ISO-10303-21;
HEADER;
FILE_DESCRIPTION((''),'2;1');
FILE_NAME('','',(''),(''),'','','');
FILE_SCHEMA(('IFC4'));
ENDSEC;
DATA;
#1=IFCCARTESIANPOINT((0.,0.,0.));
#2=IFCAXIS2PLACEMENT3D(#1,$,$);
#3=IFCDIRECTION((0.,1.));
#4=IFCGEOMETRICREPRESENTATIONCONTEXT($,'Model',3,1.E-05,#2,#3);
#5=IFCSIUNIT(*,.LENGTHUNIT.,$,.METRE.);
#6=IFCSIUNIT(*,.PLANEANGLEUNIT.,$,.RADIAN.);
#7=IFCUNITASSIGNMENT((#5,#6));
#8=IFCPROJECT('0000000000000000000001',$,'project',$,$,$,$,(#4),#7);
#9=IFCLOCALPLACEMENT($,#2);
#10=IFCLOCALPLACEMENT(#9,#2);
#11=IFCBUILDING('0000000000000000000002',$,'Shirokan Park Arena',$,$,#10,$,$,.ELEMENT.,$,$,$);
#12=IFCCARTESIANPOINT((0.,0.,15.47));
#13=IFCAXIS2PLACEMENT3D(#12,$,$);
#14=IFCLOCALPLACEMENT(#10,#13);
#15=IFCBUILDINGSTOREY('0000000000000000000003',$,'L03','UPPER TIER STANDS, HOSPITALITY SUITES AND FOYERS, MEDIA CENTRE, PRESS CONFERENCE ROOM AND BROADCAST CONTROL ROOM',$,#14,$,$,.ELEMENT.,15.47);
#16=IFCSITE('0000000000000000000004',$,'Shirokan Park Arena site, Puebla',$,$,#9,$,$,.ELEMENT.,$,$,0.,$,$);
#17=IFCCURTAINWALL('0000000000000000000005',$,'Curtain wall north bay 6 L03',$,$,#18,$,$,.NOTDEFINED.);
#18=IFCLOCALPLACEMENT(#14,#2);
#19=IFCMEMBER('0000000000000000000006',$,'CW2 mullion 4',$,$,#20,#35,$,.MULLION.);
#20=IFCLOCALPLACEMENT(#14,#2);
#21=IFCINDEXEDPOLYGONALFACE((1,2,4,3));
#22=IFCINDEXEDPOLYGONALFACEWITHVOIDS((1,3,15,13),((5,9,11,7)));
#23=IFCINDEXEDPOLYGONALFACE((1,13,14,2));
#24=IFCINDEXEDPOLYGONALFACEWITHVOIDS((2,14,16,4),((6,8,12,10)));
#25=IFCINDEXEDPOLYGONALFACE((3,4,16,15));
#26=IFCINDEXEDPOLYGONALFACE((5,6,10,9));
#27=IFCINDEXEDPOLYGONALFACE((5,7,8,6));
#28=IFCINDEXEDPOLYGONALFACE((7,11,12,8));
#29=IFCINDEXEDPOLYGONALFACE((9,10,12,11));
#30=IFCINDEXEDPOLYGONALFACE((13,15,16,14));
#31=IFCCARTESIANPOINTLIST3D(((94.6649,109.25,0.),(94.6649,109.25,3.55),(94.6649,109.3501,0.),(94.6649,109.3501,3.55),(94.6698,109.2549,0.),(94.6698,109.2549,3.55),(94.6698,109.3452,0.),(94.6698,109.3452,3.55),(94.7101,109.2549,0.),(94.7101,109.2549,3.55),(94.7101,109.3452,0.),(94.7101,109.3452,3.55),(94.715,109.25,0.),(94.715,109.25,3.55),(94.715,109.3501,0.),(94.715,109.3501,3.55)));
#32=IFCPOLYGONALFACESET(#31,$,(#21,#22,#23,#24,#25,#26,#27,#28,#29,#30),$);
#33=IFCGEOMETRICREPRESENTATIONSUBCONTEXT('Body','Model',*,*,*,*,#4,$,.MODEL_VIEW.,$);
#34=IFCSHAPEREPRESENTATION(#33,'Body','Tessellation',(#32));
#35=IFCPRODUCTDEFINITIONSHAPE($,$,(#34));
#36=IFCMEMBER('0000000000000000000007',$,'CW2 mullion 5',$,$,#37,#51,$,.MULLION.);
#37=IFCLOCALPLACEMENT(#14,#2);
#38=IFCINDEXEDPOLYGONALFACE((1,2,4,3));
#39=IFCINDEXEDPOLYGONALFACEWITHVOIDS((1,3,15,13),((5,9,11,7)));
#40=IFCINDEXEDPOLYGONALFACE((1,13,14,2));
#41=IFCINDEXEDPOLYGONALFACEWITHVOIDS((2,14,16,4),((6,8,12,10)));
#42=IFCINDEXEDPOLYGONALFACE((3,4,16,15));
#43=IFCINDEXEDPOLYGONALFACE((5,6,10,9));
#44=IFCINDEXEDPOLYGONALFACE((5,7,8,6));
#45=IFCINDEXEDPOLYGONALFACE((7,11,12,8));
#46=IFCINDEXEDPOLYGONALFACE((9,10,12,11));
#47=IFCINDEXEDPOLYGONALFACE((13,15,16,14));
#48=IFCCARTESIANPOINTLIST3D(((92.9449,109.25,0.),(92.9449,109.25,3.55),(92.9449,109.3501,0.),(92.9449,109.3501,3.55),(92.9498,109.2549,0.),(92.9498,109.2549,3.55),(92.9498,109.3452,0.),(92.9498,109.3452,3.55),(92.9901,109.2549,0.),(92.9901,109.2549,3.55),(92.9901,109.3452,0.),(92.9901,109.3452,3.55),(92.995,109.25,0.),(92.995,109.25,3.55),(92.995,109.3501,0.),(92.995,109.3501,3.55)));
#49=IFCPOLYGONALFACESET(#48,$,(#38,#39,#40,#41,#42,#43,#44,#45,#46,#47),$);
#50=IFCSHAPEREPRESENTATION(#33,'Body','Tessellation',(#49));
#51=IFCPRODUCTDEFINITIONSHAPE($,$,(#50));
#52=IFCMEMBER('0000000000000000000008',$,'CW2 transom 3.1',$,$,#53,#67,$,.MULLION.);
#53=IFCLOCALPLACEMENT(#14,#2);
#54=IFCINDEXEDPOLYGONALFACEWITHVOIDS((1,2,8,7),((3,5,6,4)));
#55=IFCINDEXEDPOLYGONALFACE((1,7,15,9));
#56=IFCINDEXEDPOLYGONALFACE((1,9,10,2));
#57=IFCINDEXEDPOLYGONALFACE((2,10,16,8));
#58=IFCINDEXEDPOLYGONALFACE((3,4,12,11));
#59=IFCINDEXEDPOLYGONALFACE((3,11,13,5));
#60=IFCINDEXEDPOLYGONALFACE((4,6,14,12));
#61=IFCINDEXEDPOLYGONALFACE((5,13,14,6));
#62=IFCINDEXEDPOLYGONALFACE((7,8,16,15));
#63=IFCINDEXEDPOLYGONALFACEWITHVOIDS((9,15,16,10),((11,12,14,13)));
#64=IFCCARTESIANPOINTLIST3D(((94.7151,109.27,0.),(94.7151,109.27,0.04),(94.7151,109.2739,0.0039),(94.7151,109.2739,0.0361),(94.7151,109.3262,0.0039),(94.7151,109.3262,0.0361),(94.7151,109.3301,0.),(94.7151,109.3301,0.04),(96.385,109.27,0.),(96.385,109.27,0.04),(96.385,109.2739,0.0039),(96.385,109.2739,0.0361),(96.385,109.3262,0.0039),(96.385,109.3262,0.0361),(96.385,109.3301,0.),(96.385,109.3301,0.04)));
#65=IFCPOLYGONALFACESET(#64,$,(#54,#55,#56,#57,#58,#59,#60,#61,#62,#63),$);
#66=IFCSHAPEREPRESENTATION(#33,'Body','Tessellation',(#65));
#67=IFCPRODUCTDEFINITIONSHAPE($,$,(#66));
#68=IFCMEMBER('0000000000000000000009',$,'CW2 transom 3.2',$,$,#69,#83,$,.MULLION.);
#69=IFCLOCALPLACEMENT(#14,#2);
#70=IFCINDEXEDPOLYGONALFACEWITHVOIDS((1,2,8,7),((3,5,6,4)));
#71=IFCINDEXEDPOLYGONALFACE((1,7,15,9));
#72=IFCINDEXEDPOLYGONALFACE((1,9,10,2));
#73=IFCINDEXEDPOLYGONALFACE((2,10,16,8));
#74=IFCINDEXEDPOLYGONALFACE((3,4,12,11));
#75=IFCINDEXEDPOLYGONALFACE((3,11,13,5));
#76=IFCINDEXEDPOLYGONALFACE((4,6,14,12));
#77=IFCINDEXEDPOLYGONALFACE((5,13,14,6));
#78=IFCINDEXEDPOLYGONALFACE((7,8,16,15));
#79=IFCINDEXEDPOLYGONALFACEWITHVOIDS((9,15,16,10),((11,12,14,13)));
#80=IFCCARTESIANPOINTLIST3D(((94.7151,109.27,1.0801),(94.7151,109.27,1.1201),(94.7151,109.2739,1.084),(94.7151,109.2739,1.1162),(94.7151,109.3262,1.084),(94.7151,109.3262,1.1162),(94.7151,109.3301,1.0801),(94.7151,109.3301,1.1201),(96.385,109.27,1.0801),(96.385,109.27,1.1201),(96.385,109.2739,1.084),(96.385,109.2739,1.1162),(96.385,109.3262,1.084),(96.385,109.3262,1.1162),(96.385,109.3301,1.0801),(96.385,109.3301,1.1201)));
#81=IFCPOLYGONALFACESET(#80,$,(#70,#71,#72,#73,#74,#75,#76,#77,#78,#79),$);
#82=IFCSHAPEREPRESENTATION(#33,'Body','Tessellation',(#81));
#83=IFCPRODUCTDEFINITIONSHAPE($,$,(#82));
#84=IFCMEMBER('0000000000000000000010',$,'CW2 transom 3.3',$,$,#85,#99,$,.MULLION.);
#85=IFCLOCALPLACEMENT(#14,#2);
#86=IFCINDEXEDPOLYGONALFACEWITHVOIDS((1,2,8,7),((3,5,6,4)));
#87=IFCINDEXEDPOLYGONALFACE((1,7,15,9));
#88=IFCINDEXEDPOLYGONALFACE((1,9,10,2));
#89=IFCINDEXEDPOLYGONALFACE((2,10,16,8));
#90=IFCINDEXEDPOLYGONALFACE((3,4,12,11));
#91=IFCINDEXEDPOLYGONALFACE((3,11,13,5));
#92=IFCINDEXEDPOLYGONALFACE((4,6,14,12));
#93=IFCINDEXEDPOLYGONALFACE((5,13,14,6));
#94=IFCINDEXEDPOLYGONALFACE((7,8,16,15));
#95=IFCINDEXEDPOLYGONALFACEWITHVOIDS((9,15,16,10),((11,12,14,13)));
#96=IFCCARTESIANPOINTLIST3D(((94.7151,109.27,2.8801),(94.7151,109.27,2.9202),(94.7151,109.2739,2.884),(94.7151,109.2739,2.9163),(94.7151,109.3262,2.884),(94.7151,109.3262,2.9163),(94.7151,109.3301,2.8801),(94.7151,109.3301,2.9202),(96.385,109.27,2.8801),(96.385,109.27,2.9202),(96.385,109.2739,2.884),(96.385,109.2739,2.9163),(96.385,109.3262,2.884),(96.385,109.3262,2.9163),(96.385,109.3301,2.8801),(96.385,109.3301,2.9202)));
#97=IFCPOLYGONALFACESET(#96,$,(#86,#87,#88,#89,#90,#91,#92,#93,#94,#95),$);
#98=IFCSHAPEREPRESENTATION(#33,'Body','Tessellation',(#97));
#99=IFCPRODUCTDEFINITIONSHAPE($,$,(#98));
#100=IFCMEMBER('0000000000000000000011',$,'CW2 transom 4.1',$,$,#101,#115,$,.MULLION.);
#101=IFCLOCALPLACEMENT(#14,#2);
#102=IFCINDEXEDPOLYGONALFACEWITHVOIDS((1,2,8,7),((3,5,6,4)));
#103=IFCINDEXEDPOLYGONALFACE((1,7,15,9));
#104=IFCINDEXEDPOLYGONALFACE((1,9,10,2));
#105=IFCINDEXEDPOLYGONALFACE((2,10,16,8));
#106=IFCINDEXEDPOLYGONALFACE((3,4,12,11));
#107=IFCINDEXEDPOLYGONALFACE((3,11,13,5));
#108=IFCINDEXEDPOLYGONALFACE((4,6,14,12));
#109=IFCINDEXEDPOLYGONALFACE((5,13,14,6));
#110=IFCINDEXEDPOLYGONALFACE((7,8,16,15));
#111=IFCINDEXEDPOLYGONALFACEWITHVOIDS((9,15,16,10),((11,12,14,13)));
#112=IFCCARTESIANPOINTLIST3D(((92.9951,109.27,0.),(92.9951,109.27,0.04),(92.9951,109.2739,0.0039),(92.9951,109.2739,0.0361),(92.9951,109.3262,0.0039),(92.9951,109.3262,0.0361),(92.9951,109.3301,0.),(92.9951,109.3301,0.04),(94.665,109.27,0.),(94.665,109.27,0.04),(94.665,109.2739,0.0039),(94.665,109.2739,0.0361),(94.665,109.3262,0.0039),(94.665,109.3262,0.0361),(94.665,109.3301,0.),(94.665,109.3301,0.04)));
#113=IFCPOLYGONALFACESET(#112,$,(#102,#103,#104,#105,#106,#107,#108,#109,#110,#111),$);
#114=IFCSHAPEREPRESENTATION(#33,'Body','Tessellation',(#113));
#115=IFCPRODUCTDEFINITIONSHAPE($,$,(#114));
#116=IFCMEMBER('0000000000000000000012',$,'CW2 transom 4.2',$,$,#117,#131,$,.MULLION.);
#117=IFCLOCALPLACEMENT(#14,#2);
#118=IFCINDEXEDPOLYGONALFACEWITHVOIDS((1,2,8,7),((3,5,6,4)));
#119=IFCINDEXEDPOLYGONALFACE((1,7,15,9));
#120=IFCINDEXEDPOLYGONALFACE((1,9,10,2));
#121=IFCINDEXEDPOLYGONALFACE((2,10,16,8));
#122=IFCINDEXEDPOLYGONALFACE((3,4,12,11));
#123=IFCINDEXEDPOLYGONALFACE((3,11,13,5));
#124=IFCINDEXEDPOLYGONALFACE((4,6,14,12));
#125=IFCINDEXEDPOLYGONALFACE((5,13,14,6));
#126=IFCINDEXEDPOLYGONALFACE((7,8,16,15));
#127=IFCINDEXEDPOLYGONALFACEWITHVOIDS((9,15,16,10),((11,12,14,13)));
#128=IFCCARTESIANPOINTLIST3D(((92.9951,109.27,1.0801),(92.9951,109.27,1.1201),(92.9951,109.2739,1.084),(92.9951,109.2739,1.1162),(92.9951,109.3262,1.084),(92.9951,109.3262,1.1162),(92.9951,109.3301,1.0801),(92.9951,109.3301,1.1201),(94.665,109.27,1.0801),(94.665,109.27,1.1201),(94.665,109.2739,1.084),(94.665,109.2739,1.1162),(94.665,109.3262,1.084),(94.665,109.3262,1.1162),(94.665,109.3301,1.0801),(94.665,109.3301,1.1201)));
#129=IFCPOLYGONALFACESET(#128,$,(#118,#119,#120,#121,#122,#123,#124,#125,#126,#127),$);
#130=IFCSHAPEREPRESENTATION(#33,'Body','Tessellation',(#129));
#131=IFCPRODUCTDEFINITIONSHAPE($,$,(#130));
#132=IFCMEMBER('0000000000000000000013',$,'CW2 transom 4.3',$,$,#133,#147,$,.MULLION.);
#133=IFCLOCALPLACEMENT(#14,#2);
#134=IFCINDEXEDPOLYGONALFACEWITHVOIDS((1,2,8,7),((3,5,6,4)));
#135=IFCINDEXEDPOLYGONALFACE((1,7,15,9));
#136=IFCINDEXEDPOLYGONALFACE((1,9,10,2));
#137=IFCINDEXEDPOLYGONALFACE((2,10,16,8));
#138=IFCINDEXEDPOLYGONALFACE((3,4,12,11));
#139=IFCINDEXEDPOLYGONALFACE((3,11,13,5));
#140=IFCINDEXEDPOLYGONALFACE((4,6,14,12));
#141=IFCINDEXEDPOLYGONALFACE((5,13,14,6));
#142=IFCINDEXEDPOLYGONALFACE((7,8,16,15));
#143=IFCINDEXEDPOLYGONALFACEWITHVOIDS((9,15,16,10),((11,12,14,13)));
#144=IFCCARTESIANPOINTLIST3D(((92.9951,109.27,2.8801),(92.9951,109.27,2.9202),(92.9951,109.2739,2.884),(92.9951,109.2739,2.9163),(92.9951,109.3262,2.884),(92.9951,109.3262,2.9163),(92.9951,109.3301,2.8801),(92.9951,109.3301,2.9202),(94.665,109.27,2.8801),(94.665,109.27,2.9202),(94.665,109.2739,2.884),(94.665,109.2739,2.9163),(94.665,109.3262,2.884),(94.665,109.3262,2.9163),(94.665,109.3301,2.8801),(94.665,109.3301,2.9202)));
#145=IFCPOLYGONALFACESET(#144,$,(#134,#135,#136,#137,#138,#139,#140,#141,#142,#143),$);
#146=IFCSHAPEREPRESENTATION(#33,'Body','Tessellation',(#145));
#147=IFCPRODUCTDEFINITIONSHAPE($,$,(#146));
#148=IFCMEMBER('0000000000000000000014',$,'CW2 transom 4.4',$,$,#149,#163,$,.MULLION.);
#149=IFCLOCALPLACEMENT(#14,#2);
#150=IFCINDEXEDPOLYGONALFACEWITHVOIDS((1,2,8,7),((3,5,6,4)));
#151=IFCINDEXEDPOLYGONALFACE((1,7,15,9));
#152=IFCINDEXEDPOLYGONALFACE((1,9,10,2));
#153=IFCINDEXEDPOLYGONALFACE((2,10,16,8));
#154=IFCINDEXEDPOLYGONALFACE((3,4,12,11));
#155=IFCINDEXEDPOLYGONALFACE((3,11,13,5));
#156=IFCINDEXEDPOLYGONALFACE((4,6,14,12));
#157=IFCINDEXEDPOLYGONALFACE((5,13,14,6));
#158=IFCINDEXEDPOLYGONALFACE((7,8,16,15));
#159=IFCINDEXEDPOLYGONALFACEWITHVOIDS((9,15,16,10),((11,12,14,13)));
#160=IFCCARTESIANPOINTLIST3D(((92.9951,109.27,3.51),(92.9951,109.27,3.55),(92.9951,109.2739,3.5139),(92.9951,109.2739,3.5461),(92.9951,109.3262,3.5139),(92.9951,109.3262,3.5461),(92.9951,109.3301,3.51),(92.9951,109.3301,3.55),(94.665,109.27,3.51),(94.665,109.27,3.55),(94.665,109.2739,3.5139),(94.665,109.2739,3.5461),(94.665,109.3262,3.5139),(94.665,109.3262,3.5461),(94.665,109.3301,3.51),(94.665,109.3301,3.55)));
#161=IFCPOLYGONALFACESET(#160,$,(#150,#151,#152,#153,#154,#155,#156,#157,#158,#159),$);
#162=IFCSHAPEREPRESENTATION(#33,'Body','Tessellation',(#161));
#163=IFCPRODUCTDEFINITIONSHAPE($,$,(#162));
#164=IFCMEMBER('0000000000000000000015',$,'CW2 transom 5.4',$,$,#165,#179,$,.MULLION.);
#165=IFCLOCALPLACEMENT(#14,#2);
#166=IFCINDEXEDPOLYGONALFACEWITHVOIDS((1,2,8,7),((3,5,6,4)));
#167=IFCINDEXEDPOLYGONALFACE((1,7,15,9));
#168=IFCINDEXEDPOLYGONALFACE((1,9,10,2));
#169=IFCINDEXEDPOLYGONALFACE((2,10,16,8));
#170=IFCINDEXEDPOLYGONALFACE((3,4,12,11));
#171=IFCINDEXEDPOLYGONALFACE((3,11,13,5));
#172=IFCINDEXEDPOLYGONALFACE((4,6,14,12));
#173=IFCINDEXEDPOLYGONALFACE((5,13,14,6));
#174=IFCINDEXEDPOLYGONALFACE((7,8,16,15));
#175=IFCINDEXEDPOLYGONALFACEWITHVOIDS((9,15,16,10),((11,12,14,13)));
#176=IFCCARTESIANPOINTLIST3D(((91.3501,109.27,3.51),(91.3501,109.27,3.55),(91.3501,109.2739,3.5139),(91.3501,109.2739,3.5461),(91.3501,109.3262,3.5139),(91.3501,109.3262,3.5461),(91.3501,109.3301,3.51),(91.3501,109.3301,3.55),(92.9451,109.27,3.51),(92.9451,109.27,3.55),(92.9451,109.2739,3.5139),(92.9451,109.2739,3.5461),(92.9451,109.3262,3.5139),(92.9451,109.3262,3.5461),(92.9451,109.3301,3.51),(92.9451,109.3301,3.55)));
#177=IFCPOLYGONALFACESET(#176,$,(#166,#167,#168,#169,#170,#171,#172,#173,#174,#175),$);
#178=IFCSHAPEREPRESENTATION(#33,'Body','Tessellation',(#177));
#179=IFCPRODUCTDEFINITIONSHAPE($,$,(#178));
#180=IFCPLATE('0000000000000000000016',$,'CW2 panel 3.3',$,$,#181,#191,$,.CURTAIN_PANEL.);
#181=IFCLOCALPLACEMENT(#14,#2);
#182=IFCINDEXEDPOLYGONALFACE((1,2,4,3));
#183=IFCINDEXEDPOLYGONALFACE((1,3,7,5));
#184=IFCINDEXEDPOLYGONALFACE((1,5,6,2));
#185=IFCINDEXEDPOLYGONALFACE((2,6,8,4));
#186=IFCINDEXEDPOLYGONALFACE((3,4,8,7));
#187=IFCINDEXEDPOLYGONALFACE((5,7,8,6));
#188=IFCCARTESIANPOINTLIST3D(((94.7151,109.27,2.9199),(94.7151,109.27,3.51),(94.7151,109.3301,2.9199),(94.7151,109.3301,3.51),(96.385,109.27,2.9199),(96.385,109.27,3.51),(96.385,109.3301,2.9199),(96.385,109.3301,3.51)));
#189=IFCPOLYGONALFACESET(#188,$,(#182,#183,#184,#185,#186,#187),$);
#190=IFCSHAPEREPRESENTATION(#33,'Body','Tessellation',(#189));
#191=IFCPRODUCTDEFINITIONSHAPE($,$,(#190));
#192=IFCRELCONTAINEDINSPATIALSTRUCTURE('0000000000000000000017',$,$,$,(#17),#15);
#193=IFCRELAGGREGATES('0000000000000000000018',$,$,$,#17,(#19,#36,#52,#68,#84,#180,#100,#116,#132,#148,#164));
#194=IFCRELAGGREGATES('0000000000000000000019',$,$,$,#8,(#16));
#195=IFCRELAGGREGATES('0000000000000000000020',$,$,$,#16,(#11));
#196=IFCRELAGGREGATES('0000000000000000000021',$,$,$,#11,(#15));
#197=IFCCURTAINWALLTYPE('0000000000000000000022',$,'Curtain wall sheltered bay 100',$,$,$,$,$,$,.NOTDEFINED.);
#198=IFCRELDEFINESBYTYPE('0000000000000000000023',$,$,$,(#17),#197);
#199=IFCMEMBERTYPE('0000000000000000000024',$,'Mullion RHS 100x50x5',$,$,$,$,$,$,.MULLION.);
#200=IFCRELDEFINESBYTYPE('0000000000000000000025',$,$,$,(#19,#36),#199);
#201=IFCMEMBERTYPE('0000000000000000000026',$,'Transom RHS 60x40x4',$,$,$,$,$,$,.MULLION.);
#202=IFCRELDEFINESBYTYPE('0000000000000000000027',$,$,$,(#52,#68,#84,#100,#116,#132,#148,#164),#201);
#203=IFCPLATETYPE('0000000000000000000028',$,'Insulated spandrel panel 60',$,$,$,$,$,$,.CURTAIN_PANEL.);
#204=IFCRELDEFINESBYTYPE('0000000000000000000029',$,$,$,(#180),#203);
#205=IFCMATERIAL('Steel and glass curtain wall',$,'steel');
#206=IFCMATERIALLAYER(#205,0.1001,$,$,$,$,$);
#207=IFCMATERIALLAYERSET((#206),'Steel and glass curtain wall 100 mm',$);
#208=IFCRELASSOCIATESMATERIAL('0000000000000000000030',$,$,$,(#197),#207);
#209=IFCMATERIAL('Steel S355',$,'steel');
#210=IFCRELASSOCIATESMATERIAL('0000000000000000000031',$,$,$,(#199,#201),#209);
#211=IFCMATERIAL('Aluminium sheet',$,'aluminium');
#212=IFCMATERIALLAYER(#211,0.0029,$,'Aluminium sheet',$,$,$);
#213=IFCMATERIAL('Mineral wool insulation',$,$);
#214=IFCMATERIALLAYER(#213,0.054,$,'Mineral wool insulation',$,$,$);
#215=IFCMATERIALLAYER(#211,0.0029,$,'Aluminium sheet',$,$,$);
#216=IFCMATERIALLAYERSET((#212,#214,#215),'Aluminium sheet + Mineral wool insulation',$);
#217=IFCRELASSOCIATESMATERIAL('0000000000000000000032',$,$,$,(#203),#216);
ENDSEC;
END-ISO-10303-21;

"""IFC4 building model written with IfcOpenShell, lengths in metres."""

from ifc_helpers import new_model, si_unit, direction, frame, origin, origin_2d, place, context, subcontext, project, spatial, rectangle, hollow_rectangle, extrude, material, layer, layer_set, material_profile, profile_set, type_object, element, aggregate, save


model = new_model("IFC4")

# Units and contexts
model_context = context("Model", 3, precision=1e-05, world=origin(), true_north=direction((0.0, 1.0)))
body_context = subcontext(model_context, "Body", "Model", "MODEL_VIEW")
ifc_project = project(units=[si_unit("LENGTHUNIT", "METRE"), si_unit("PLANEANGLEUNIT", "RADIAN")], contexts=[model_context])

# Site, building, storey
site_placement = place(None, origin())
site = spatial("IfcSite", under=ifc_project, at=site_placement, Name="Shirokan Park Arena site, Puebla", CompositionType="ELEMENT", RefElevation=0.0)
building_placement = place(site_placement, origin())
building = spatial("IfcBuilding", under=site, at=building_placement, Name="Shirokan Park Arena", CompositionType="ELEMENT")
storey_placement = place(building_placement, frame((0.0, 0.0, 15.47)))
storey = spatial("IfcBuildingStorey", under=building, at=storey_placement, Name="L03", Description="UPPER TIER STANDS, HOSPITALITY SUITES AND FOYERS, MEDIA CENTRE, PRESS CONFERENCE ROOM AND BROADCAST CONTROL ROOM", CompositionType="ELEMENT", Elevation=15.47)

# Curtain wall, members, plate
ifc_material_1 = material(Name="Steel and glass curtain wall", Category="steel")
ifc_layer_1 = layer(ifc_material_1, 0.1001)
ifc_layer_set_1 = layer_set([ifc_layer_1], Name="Steel and glass curtain wall 100 mm")
curtain_wall_type = type_object("IfcCurtainWallType", Name="Curtain wall sheltered bay 100", PredefinedType="NOTDEFINED", material=ifc_layer_set_1)
curtain_wall_placement = place(storey_placement, origin())
curtain_wall = element("IfcCurtainWall", 1, at=curtain_wall_placement, inside=storey, type_object=curtain_wall_type, Name="Curtain wall north bay 6 L03", PredefinedType="NOTDEFINED")
ifc_material_2 = material(Name="Steel S355", Category="steel")
ifc_material_profile_1 = material_profile(ifc_material_2, hollow_rectangle(XDim=0.1001, YDim=0.05, WallThickness=0.0049, at=origin_2d()), Name="RHS 100x50x5")
ifc_profile_set_1 = profile_set([ifc_material_profile_1], Name="Steel S355")
member_type_1 = type_object("IfcMemberType", Name="Mullion RHS 100x50x5", PredefinedType="MULLION", material=ifc_profile_set_1)
member_1_placement = place(storey_placement, frame((94.6899, 109.3, 0.0), z_axis=(0.0, 0.0, 1.0), x_axis=(0.0, -1.0, 0.0)))
member_1 = element("IfcMember", 2, at=member_1_placement, type_object=member_type_1, Name="CW2 mullion 4", PredefinedType="MULLION", context=body_context, shape_type="SweptSolid", body=[
    extrude(hollow_rectangle(XDim=0.1001, YDim=0.05, WallThickness=0.0049, at=origin_2d()), origin(), (0.0, 0.0, 1.0), 3.55),
])
member_2_placement = place(storey_placement, frame((92.97, 109.3, 0.0), z_axis=(0.0, 0.0, 1.0), x_axis=(0.0, -1.0, 0.0)))
member_2 = element("IfcMember", 3, at=member_2_placement, type_object=member_type_1, Name="CW2 mullion 5", PredefinedType="MULLION", context=body_context, shape_type="SweptSolid", body=[
    extrude(hollow_rectangle(XDim=0.1001, YDim=0.05, WallThickness=0.0049, at=origin_2d()), origin(), (0.0, 0.0, 1.0), 3.55),
])
ifc_material_profile_2 = material_profile(ifc_material_2, hollow_rectangle(XDim=0.0601, YDim=0.04, WallThickness=0.0039, at=origin_2d()), Name="RHS 60x40x4")
ifc_profile_set_2 = profile_set([ifc_material_profile_2], Name="Steel S355")
member_type_2 = type_object("IfcMemberType", Name="Transom RHS 60x40x4", PredefinedType="MULLION", material=ifc_profile_set_2)
member_3_placement = place(storey_placement, frame((96.385, 109.3, 0.02), z_axis=(-1.0, 0.0, 0.0), x_axis=(0.0, -1.0, 0.0)))
member_3 = element("IfcMember", 4, at=member_3_placement, type_object=member_type_2, Name="CW2 transom 3.1", PredefinedType="MULLION", context=body_context, shape_type="SweptSolid", body=[
    extrude(hollow_rectangle(XDim=0.0601, YDim=0.04, WallThickness=0.0039, at=origin_2d()), origin(), (0.0, 0.0, 1.0), 1.6699),
])
member_4_placement = place(storey_placement, frame((96.385, 109.3, 1.1001), z_axis=(-1.0, 0.0, 0.0), x_axis=(0.0, -1.0, 0.0)))
member_4 = element("IfcMember", 5, at=member_4_placement, type_object=member_type_2, Name="CW2 transom 3.2", PredefinedType="MULLION", context=body_context, shape_type="SweptSolid", body=[
    extrude(hollow_rectangle(XDim=0.0601, YDim=0.04, WallThickness=0.0039, at=origin_2d()), origin(), (0.0, 0.0, 1.0), 1.6699),
])
member_5_placement = place(storey_placement, frame((96.385, 109.3, 2.9001), z_axis=(-1.0, 0.0, 0.0), x_axis=(0.0, -1.0, 0.0)))
member_5 = element("IfcMember", 6, at=member_5_placement, type_object=member_type_2, Name="CW2 transom 3.3", PredefinedType="MULLION", context=body_context, shape_type="SweptSolid", body=[
    extrude(hollow_rectangle(XDim=0.0601, YDim=0.04, WallThickness=0.0039, at=origin_2d()), origin(), (0.0, 0.0, 1.0), 1.6699),
])
member_6_placement = place(storey_placement, frame((94.665, 109.3, 0.02), z_axis=(-1.0, 0.0, 0.0), x_axis=(0.0, -1.0, 0.0)))
member_6 = element("IfcMember", 7, at=member_6_placement, type_object=member_type_2, Name="CW2 transom 4.1", PredefinedType="MULLION", context=body_context, shape_type="SweptSolid", body=[
    extrude(hollow_rectangle(XDim=0.0601, YDim=0.04, WallThickness=0.0039, at=origin_2d()), origin(), (0.0, 0.0, 1.0), 1.6699),
])
member_7_placement = place(storey_placement, frame((94.665, 109.3, 1.1001), z_axis=(-1.0, 0.0, 0.0), x_axis=(0.0, -1.0, 0.0)))
member_7 = element("IfcMember", 8, at=member_7_placement, type_object=member_type_2, Name="CW2 transom 4.2", PredefinedType="MULLION", context=body_context, shape_type="SweptSolid", body=[
    extrude(hollow_rectangle(XDim=0.0601, YDim=0.04, WallThickness=0.0039, at=origin_2d()), origin(), (0.0, 0.0, 1.0), 1.6699),
])
member_8_placement = place(storey_placement, frame((94.665, 109.3, 2.9001), z_axis=(-1.0, 0.0, 0.0), x_axis=(0.0, -1.0, 0.0)))
member_8 = element("IfcMember", 9, at=member_8_placement, type_object=member_type_2, Name="CW2 transom 4.3", PredefinedType="MULLION", context=body_context, shape_type="SweptSolid", body=[
    extrude(hollow_rectangle(XDim=0.0601, YDim=0.04, WallThickness=0.0039, at=origin_2d()), origin(), (0.0, 0.0, 1.0), 1.6699),
])
member_9_placement = place(storey_placement, frame((94.665, 109.3, 3.53), z_axis=(-1.0, 0.0, 0.0), x_axis=(0.0, -1.0, 0.0)))
member_9 = element("IfcMember", 10, at=member_9_placement, type_object=member_type_2, Name="CW2 transom 4.4", PredefinedType="MULLION", context=body_context, shape_type="SweptSolid", body=[
    extrude(hollow_rectangle(XDim=0.0601, YDim=0.04, WallThickness=0.0039, at=origin_2d()), origin(), (0.0, 0.0, 1.0), 1.6699),
])
member_10_placement = place(storey_placement, frame((92.9451, 109.3, 3.53), z_axis=(-1.0, 0.0, 0.0), x_axis=(0.0, -1.0, 0.0)))
member_10 = element("IfcMember", 11, at=member_10_placement, type_object=member_type_2, Name="CW2 transom 5.4", PredefinedType="MULLION", context=body_context, shape_type="SweptSolid", body=[
    extrude(hollow_rectangle(XDim=0.0601, YDim=0.04, WallThickness=0.0039, at=origin_2d()), origin(), (0.0, 0.0, 1.0), 1.595),
])
ifc_material_3 = material(Name="Aluminium sheet", Category="aluminium")
ifc_layer_2 = layer(ifc_material_3, 0.0029, Name="Aluminium sheet")
ifc_material_4 = material(Name="Mineral wool insulation")
ifc_layer_3 = layer(ifc_material_4, 0.054, Name="Mineral wool insulation")
ifc_layer_4 = layer(ifc_material_3, 0.0029, Name="Aluminium sheet")
ifc_layer_set_2 = layer_set([ifc_layer_2, ifc_layer_3, ifc_layer_4], Name="Aluminium sheet + Mineral wool insulation")
plate_type_1 = type_object("IfcPlateType", Name="Insulated spandrel panel 60", PredefinedType="CURTAIN_PANEL", material=ifc_layer_set_2)
plate_1_placement = place(storey_placement, frame((95.55, 109.3, 2.9199), z_axis=(0.0, 0.0, 1.0), x_axis=(-1.0, 0.0, 0.0)))
plate_1 = element("IfcPlate", 12, at=plate_1_placement, type_object=plate_type_1, Name="CW2 panel 3.3", PredefinedType="CURTAIN_PANEL", context=body_context, shape_type="SweptSolid", body=[
    extrude(rectangle(XDim=1.6699, YDim=0.0601, at=origin_2d()), origin(), (0.0, 0.0, 1.0), 0.5901),
])
aggregate(curtain_wall, [member_1, member_2, member_3, member_4, member_5, plate_1, member_6, member_7, member_8, member_9, member_10])

save(model, "model.ifc")
